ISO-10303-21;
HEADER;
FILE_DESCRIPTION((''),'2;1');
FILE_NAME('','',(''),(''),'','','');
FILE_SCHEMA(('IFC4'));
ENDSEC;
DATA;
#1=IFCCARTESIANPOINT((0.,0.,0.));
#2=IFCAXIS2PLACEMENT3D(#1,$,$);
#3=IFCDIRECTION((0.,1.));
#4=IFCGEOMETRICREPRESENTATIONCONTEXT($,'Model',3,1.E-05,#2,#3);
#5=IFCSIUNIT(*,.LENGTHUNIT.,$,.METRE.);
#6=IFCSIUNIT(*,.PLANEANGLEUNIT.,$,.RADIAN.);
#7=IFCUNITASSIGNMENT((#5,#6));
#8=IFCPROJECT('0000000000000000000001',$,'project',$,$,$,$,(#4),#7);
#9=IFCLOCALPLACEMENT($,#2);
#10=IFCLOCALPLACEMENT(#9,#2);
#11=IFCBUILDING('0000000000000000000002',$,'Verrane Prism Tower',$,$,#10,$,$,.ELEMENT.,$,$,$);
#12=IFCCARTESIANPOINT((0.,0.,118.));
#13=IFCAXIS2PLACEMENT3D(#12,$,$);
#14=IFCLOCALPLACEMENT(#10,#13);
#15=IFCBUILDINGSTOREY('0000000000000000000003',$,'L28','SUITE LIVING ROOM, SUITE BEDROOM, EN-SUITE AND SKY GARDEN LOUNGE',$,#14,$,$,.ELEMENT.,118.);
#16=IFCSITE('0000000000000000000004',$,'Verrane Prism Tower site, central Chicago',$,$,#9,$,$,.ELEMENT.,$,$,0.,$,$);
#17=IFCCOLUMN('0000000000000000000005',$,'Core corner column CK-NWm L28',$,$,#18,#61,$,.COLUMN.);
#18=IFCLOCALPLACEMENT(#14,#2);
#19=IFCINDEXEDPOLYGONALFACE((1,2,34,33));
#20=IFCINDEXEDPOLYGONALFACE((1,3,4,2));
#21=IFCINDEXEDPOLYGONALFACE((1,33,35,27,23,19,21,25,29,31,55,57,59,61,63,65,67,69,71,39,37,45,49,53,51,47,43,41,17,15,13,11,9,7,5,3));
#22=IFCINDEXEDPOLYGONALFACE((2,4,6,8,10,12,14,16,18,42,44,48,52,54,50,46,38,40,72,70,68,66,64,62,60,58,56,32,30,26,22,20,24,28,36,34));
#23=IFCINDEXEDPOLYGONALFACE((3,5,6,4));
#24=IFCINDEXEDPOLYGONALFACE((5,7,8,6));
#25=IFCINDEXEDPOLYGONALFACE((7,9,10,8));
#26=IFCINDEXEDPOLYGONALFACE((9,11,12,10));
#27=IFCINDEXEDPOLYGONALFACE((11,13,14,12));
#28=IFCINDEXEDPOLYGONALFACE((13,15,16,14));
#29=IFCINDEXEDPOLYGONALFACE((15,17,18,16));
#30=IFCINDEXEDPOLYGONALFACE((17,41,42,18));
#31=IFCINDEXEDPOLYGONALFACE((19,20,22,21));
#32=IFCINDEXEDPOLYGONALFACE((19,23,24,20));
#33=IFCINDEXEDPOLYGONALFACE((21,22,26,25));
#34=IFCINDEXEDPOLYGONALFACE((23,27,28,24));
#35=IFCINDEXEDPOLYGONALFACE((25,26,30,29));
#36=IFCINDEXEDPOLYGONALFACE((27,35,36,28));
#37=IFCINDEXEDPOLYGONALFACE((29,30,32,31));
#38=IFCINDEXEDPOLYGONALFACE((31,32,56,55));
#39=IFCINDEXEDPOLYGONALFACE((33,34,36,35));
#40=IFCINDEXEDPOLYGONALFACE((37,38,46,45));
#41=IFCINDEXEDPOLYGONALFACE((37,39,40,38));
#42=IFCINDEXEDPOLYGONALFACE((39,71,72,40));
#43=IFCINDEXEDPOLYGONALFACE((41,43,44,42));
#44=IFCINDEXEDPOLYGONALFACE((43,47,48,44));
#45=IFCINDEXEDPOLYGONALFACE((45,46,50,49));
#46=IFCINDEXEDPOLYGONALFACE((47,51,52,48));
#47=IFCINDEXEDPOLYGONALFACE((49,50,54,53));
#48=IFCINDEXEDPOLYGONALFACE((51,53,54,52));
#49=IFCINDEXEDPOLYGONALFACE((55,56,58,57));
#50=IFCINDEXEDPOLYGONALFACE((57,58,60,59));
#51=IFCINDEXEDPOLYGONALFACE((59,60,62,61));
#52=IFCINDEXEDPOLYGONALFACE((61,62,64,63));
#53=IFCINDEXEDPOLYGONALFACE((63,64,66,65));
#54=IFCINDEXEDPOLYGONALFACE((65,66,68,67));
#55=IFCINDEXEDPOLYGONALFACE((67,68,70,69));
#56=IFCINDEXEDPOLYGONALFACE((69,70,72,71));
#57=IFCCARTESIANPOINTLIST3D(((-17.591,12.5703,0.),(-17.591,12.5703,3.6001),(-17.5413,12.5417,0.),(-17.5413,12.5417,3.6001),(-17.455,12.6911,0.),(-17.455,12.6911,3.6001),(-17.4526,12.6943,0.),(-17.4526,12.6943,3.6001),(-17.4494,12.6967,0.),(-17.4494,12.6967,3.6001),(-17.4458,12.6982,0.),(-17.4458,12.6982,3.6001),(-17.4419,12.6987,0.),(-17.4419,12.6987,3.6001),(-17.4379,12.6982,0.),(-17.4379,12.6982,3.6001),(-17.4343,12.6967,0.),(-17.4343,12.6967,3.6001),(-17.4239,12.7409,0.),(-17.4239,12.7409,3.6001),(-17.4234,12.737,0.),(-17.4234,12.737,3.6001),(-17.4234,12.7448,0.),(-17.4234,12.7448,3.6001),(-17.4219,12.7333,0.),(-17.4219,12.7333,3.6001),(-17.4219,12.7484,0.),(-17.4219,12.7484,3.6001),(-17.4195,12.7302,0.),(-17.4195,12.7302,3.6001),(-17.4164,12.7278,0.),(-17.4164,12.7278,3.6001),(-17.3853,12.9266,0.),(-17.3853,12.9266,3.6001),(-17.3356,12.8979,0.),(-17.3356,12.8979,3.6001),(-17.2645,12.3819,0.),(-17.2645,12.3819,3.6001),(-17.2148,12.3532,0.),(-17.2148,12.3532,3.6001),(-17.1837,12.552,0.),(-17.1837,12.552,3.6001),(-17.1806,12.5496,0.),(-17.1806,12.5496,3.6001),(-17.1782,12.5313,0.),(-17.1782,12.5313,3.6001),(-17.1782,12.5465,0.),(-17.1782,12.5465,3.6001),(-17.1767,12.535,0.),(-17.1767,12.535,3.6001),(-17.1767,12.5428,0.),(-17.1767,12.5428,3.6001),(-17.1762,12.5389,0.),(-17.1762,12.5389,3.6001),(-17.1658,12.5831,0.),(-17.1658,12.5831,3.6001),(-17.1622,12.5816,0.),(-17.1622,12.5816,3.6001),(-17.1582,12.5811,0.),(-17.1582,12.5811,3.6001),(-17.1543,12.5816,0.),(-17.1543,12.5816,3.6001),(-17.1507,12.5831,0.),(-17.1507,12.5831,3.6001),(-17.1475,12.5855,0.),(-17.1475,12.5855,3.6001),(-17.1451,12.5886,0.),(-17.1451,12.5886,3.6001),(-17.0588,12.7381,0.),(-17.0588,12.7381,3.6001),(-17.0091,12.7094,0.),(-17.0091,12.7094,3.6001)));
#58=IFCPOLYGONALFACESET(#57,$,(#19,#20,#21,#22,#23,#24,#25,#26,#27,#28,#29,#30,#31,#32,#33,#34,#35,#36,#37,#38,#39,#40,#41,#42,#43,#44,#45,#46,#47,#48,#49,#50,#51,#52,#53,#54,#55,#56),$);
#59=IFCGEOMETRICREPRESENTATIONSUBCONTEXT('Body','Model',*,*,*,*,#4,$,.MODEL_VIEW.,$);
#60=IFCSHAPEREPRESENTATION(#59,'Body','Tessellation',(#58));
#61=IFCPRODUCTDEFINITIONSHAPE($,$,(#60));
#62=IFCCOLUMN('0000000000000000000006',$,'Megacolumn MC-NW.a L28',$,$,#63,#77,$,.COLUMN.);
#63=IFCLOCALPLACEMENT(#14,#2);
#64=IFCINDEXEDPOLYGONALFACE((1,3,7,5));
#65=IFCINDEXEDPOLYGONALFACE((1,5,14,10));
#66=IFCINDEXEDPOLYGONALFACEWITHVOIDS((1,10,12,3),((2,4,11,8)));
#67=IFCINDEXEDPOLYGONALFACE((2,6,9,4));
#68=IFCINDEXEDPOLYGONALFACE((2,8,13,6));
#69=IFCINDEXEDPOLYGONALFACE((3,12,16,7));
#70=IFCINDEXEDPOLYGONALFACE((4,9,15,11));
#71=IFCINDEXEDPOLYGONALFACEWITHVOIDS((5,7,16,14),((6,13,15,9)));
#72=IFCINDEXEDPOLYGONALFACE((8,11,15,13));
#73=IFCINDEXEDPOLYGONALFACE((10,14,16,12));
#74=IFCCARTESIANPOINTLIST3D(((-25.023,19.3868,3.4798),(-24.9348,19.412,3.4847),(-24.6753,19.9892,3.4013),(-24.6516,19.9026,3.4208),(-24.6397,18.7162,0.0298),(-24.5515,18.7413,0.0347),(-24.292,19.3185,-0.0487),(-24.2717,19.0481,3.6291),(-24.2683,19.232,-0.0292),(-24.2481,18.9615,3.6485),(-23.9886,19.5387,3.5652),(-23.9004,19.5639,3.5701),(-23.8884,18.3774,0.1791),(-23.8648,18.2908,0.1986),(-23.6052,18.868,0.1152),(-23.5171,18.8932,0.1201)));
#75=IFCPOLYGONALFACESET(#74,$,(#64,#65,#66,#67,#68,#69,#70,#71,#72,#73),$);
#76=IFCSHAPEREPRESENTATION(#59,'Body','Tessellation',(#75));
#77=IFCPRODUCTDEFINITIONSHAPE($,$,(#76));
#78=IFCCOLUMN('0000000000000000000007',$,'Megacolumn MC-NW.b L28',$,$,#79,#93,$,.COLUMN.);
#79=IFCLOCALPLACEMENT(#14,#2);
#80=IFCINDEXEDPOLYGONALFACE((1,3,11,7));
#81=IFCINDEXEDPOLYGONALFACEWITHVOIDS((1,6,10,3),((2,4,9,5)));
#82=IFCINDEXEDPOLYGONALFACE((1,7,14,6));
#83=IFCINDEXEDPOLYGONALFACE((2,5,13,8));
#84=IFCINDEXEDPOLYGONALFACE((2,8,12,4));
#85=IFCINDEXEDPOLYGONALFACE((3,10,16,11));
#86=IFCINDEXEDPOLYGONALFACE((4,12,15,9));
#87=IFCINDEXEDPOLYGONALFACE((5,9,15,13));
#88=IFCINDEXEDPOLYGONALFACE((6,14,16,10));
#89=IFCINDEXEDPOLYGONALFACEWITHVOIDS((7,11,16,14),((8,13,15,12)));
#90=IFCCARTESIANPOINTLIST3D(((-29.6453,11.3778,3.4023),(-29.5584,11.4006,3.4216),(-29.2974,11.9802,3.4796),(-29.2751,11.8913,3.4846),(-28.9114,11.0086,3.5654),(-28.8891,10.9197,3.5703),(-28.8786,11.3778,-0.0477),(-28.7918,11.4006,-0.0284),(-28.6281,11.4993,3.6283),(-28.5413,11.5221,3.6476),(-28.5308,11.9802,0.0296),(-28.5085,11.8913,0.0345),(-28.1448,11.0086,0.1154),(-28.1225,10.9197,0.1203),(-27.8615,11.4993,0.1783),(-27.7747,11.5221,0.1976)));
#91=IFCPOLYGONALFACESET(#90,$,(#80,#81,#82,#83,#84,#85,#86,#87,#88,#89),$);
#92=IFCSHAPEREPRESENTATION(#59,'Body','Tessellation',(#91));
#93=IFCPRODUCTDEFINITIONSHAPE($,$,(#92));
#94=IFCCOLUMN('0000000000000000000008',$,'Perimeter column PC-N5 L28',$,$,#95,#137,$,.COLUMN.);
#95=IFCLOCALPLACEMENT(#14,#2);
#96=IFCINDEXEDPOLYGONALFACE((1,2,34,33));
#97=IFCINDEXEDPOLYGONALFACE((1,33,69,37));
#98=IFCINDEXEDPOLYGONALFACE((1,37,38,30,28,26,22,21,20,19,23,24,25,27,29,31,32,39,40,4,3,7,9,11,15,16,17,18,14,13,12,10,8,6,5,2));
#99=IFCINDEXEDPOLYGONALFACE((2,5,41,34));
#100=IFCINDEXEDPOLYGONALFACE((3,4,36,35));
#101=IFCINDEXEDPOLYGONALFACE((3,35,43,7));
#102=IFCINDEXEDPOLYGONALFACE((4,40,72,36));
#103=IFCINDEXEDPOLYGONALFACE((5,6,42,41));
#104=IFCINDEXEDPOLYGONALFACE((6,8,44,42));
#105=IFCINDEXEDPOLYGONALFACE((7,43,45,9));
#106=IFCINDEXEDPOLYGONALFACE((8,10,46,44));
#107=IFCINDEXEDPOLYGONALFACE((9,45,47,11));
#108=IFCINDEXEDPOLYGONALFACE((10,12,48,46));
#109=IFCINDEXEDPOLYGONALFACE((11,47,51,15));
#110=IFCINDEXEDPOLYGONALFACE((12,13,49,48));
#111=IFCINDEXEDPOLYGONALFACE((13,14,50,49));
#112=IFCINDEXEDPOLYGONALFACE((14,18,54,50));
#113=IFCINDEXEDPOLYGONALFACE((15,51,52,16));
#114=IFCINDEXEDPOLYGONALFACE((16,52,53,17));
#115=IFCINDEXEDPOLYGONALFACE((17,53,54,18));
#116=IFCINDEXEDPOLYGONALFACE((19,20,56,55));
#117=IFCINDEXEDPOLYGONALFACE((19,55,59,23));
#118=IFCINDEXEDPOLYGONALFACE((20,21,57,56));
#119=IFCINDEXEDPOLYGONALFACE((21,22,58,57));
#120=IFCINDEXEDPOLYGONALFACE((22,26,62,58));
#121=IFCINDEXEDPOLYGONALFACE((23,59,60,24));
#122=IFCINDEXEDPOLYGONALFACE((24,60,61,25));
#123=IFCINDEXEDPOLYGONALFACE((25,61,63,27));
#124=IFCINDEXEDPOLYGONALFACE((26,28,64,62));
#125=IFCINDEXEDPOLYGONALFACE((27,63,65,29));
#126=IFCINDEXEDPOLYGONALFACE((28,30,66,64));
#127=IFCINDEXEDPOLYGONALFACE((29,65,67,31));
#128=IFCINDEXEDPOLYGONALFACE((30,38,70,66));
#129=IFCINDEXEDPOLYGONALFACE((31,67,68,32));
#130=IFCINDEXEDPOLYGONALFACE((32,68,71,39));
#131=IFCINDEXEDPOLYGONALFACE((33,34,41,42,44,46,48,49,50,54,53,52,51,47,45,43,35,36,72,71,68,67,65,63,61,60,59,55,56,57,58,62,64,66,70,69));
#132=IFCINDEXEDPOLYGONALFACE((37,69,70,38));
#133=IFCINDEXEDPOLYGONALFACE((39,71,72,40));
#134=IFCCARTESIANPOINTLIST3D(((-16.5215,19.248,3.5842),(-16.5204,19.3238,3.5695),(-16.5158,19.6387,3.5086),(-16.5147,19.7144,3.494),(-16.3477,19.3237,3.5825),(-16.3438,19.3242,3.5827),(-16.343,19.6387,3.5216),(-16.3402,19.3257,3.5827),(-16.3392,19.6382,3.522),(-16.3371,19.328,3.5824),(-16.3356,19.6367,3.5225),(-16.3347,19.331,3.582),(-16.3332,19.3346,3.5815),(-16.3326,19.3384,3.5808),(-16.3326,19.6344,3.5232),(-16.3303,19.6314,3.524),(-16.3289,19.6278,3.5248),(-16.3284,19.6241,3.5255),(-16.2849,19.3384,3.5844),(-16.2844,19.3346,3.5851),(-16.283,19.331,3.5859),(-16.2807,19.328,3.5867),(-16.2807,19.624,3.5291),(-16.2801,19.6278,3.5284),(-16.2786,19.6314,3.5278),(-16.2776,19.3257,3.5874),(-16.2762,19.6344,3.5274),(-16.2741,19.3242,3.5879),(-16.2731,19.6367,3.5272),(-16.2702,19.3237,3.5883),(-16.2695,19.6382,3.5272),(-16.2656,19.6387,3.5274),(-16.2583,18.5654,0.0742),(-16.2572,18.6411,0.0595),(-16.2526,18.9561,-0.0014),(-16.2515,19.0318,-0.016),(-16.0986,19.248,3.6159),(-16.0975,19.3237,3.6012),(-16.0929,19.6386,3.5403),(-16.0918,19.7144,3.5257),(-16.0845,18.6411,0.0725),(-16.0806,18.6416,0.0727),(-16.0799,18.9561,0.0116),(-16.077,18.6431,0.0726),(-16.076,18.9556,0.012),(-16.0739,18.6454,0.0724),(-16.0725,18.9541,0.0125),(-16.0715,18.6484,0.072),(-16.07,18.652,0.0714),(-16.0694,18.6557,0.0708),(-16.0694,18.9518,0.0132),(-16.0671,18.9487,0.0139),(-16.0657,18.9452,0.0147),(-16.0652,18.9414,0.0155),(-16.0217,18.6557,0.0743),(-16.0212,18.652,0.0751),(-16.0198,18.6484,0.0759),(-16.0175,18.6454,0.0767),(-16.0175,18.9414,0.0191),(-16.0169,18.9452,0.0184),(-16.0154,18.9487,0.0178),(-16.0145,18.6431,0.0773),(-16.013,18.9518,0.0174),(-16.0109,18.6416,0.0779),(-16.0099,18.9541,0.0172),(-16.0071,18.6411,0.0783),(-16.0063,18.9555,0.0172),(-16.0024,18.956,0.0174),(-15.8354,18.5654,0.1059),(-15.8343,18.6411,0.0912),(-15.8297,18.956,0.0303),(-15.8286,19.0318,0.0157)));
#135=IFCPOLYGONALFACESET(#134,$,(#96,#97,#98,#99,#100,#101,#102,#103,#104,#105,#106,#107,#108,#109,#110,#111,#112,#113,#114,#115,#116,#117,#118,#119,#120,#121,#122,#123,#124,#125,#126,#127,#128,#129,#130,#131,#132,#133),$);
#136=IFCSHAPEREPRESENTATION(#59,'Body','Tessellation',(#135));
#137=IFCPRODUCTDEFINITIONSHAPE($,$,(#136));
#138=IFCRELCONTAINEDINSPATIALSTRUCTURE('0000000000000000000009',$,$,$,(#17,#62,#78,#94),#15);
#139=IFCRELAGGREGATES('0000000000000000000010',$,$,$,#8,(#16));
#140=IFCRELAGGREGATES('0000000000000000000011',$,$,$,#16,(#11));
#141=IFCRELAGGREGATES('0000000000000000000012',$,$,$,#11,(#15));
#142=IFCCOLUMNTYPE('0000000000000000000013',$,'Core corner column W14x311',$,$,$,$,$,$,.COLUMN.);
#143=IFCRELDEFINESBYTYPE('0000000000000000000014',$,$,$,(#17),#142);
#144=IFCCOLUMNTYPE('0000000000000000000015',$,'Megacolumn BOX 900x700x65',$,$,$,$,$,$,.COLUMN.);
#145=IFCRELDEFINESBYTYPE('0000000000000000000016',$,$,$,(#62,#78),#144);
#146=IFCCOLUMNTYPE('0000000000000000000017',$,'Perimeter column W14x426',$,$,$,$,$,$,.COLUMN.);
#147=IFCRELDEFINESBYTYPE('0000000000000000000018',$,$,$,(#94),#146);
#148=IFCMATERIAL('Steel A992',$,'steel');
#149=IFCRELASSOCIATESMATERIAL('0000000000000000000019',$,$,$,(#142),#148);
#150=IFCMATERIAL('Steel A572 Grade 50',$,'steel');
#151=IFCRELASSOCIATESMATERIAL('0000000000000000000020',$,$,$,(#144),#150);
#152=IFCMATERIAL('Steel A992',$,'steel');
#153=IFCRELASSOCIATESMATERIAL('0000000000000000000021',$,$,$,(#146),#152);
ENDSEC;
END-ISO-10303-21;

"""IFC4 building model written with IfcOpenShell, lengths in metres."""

from ifc_helpers import new_model, si_unit, direction, frame, origin, origin_2d, place, context, subcontext, project, spatial, hollow_rectangle, i_section, extrude, material, material_profile, profile_set, type_object, element, save


model = new_model("IFC4")

# Units and contexts
model_context = context("Model", 3, precision=1e-05, world=origin(), true_north=direction((0.0, 1.0)))
body_context = subcontext(model_context, "Body", "Model", "MODEL_VIEW")
ifc_project = project(units=[si_unit("LENGTHUNIT", "METRE"), si_unit("PLANEANGLEUNIT", "RADIAN")], contexts=[model_context])

# Site, building, storey
site_placement = place(None, origin())
site = spatial("IfcSite", under=ifc_project, at=site_placement, Name="Verrane Prism Tower site, central Chicago", CompositionType="ELEMENT", RefElevation=0.0)
building_placement = place(site_placement, origin())
building = spatial("IfcBuilding", under=site, at=building_placement, Name="Verrane Prism Tower", CompositionType="ELEMENT")
storey_placement = place(building_placement, frame((0.0, 0.0, 118.0)))
storey = spatial("IfcBuildingStorey", under=building, at=storey_placement, Name="L28", Description="SUITE LIVING ROOM, SUITE BEDROOM, EN-SUITE AND SKY GARDEN LOUNGE", CompositionType="ELEMENT", Elevation=118.0)

# Columns
ifc_material_1 = material(Name="Steel A992", Category="steel")
ifc_material_profile_1 = material_profile(ifc_material_1, i_section(OverallWidth=0.4114, OverallDepth=0.4343, WebThickness=0.0359, FlangeThickness=0.0574, FilletRadius=0.0151, at=origin_2d()), Name="W14x311")
ifc_profile_set_1 = profile_set([ifc_material_profile_1], Name="Steel A992")
column_type_1 = type_object("IfcColumnType", Name="Core corner column W14x311", PredefinedType="COLUMN", material=ifc_profile_set_1)
column_1_placement = place(storey_placement, frame((-17.3, 12.6399, 0.0), z_axis=(0.0, 0.0, 1.0), x_axis=(0.5, 0.866025, 0.0)))
element("IfcColumn", 1, at=column_1_placement, inside=storey, type_object=column_type_1, Name="Core corner column CK-NWm L28", PredefinedType="COLUMN", context=body_context, shape_type="SweptSolid", body=[
    extrude(i_section(OverallWidth=0.4114, OverallDepth=0.4343, WebThickness=0.0359, FlangeThickness=0.0574, FilletRadius=0.0151, at=origin_2d()), origin(), (0.0, 0.0, 1.0), 3.6001),
])
ifc_material_2 = material(Name="Steel A572 Grade 50", Category="steel")
ifc_material_profile_2 = material_profile(ifc_material_2, hollow_rectangle(XDim=0.7, YDim=0.8999, WallThickness=0.0649, at=origin_2d()), Name="BOX 900x700x65")
ifc_profile_set_2 = profile_set([ifc_material_profile_2], Name="Steel A572 Grade 50")
column_type_2 = type_object("IfcColumnType", Name="Megacolumn BOX 900x700x65", PredefinedType="COLUMN", material=ifc_profile_set_2)
column_2_placement = place(storey_placement, frame((-24.0784, 18.8047, 0.075), z_axis=(-0.108419, 0.189698, 0.975838), x_axis=(0.496777, 0.860607, -0.112104)))
element("IfcColumn", 2, at=column_2_placement, inside=storey, type_object=column_type_2, Name="Megacolumn MC-NW.a L28", PredefinedType="COLUMN", context=body_context, shape_type="SweptSolid", body=[
    extrude(hollow_rectangle(XDim=0.7, YDim=0.8999, WallThickness=0.0649, at=origin_2d()), origin(), (0.0, 0.0, 1.0), 3.5354),
])
column_3_placement = place(storey_placement, frame((-28.3267, 11.45, 0.075), z_axis=(-0.216916, 0.0, 0.97619), x_axis=(0.496943, 0.860729, 0.110424)))
element("IfcColumn", 3, at=column_3_placement, inside=storey, type_object=column_type_2, Name="Megacolumn MC-NW.b L28", PredefinedType="COLUMN", context=body_context, shape_type="SweptSolid", body=[
    extrude(hollow_rectangle(XDim=0.7, YDim=0.8999, WallThickness=0.0649, at=origin_2d()), origin(), (0.0, 0.0, 1.0), 3.5342),
])
ifc_material_3 = material(Name="Steel A992", Category="steel")
ifc_material_profile_3 = material_profile(ifc_material_3, i_section(OverallWidth=0.4241, OverallDepth=0.4751, WebThickness=0.0479, FlangeThickness=0.0771, FilletRadius=0.0149, at=origin_2d()), Name="W14x426")
ifc_profile_set_3 = profile_set([ifc_material_profile_3], Name="Steel A992")
column_type_3 = type_object("IfcColumnType", Name="Perimeter column W14x426", PredefinedType="COLUMN", material=ifc_profile_set_3)
column_4_placement = place(storey_placement, frame((-16.0435, 18.7986, 0.0449), z_axis=(-0.073403, 0.190386, 0.978961), x_axis=(0.997199, -0.00014, 0.074798)))
element("IfcColumn", 4, at=column_4_placement, inside=storey, type_object=column_type_3, Name="Perimeter column PC-N5 L28", PredefinedType="COLUMN", context=body_context, shape_type="SweptSolid", body=[
    extrude(i_section(OverallWidth=0.4241, OverallDepth=0.4751, WebThickness=0.0479, FlangeThickness=0.0771, FilletRadius=0.0149, at=origin_2d()), origin(), (0.0, 0.0, 1.0), 3.5854),
])

save(model, "model.ifc")
